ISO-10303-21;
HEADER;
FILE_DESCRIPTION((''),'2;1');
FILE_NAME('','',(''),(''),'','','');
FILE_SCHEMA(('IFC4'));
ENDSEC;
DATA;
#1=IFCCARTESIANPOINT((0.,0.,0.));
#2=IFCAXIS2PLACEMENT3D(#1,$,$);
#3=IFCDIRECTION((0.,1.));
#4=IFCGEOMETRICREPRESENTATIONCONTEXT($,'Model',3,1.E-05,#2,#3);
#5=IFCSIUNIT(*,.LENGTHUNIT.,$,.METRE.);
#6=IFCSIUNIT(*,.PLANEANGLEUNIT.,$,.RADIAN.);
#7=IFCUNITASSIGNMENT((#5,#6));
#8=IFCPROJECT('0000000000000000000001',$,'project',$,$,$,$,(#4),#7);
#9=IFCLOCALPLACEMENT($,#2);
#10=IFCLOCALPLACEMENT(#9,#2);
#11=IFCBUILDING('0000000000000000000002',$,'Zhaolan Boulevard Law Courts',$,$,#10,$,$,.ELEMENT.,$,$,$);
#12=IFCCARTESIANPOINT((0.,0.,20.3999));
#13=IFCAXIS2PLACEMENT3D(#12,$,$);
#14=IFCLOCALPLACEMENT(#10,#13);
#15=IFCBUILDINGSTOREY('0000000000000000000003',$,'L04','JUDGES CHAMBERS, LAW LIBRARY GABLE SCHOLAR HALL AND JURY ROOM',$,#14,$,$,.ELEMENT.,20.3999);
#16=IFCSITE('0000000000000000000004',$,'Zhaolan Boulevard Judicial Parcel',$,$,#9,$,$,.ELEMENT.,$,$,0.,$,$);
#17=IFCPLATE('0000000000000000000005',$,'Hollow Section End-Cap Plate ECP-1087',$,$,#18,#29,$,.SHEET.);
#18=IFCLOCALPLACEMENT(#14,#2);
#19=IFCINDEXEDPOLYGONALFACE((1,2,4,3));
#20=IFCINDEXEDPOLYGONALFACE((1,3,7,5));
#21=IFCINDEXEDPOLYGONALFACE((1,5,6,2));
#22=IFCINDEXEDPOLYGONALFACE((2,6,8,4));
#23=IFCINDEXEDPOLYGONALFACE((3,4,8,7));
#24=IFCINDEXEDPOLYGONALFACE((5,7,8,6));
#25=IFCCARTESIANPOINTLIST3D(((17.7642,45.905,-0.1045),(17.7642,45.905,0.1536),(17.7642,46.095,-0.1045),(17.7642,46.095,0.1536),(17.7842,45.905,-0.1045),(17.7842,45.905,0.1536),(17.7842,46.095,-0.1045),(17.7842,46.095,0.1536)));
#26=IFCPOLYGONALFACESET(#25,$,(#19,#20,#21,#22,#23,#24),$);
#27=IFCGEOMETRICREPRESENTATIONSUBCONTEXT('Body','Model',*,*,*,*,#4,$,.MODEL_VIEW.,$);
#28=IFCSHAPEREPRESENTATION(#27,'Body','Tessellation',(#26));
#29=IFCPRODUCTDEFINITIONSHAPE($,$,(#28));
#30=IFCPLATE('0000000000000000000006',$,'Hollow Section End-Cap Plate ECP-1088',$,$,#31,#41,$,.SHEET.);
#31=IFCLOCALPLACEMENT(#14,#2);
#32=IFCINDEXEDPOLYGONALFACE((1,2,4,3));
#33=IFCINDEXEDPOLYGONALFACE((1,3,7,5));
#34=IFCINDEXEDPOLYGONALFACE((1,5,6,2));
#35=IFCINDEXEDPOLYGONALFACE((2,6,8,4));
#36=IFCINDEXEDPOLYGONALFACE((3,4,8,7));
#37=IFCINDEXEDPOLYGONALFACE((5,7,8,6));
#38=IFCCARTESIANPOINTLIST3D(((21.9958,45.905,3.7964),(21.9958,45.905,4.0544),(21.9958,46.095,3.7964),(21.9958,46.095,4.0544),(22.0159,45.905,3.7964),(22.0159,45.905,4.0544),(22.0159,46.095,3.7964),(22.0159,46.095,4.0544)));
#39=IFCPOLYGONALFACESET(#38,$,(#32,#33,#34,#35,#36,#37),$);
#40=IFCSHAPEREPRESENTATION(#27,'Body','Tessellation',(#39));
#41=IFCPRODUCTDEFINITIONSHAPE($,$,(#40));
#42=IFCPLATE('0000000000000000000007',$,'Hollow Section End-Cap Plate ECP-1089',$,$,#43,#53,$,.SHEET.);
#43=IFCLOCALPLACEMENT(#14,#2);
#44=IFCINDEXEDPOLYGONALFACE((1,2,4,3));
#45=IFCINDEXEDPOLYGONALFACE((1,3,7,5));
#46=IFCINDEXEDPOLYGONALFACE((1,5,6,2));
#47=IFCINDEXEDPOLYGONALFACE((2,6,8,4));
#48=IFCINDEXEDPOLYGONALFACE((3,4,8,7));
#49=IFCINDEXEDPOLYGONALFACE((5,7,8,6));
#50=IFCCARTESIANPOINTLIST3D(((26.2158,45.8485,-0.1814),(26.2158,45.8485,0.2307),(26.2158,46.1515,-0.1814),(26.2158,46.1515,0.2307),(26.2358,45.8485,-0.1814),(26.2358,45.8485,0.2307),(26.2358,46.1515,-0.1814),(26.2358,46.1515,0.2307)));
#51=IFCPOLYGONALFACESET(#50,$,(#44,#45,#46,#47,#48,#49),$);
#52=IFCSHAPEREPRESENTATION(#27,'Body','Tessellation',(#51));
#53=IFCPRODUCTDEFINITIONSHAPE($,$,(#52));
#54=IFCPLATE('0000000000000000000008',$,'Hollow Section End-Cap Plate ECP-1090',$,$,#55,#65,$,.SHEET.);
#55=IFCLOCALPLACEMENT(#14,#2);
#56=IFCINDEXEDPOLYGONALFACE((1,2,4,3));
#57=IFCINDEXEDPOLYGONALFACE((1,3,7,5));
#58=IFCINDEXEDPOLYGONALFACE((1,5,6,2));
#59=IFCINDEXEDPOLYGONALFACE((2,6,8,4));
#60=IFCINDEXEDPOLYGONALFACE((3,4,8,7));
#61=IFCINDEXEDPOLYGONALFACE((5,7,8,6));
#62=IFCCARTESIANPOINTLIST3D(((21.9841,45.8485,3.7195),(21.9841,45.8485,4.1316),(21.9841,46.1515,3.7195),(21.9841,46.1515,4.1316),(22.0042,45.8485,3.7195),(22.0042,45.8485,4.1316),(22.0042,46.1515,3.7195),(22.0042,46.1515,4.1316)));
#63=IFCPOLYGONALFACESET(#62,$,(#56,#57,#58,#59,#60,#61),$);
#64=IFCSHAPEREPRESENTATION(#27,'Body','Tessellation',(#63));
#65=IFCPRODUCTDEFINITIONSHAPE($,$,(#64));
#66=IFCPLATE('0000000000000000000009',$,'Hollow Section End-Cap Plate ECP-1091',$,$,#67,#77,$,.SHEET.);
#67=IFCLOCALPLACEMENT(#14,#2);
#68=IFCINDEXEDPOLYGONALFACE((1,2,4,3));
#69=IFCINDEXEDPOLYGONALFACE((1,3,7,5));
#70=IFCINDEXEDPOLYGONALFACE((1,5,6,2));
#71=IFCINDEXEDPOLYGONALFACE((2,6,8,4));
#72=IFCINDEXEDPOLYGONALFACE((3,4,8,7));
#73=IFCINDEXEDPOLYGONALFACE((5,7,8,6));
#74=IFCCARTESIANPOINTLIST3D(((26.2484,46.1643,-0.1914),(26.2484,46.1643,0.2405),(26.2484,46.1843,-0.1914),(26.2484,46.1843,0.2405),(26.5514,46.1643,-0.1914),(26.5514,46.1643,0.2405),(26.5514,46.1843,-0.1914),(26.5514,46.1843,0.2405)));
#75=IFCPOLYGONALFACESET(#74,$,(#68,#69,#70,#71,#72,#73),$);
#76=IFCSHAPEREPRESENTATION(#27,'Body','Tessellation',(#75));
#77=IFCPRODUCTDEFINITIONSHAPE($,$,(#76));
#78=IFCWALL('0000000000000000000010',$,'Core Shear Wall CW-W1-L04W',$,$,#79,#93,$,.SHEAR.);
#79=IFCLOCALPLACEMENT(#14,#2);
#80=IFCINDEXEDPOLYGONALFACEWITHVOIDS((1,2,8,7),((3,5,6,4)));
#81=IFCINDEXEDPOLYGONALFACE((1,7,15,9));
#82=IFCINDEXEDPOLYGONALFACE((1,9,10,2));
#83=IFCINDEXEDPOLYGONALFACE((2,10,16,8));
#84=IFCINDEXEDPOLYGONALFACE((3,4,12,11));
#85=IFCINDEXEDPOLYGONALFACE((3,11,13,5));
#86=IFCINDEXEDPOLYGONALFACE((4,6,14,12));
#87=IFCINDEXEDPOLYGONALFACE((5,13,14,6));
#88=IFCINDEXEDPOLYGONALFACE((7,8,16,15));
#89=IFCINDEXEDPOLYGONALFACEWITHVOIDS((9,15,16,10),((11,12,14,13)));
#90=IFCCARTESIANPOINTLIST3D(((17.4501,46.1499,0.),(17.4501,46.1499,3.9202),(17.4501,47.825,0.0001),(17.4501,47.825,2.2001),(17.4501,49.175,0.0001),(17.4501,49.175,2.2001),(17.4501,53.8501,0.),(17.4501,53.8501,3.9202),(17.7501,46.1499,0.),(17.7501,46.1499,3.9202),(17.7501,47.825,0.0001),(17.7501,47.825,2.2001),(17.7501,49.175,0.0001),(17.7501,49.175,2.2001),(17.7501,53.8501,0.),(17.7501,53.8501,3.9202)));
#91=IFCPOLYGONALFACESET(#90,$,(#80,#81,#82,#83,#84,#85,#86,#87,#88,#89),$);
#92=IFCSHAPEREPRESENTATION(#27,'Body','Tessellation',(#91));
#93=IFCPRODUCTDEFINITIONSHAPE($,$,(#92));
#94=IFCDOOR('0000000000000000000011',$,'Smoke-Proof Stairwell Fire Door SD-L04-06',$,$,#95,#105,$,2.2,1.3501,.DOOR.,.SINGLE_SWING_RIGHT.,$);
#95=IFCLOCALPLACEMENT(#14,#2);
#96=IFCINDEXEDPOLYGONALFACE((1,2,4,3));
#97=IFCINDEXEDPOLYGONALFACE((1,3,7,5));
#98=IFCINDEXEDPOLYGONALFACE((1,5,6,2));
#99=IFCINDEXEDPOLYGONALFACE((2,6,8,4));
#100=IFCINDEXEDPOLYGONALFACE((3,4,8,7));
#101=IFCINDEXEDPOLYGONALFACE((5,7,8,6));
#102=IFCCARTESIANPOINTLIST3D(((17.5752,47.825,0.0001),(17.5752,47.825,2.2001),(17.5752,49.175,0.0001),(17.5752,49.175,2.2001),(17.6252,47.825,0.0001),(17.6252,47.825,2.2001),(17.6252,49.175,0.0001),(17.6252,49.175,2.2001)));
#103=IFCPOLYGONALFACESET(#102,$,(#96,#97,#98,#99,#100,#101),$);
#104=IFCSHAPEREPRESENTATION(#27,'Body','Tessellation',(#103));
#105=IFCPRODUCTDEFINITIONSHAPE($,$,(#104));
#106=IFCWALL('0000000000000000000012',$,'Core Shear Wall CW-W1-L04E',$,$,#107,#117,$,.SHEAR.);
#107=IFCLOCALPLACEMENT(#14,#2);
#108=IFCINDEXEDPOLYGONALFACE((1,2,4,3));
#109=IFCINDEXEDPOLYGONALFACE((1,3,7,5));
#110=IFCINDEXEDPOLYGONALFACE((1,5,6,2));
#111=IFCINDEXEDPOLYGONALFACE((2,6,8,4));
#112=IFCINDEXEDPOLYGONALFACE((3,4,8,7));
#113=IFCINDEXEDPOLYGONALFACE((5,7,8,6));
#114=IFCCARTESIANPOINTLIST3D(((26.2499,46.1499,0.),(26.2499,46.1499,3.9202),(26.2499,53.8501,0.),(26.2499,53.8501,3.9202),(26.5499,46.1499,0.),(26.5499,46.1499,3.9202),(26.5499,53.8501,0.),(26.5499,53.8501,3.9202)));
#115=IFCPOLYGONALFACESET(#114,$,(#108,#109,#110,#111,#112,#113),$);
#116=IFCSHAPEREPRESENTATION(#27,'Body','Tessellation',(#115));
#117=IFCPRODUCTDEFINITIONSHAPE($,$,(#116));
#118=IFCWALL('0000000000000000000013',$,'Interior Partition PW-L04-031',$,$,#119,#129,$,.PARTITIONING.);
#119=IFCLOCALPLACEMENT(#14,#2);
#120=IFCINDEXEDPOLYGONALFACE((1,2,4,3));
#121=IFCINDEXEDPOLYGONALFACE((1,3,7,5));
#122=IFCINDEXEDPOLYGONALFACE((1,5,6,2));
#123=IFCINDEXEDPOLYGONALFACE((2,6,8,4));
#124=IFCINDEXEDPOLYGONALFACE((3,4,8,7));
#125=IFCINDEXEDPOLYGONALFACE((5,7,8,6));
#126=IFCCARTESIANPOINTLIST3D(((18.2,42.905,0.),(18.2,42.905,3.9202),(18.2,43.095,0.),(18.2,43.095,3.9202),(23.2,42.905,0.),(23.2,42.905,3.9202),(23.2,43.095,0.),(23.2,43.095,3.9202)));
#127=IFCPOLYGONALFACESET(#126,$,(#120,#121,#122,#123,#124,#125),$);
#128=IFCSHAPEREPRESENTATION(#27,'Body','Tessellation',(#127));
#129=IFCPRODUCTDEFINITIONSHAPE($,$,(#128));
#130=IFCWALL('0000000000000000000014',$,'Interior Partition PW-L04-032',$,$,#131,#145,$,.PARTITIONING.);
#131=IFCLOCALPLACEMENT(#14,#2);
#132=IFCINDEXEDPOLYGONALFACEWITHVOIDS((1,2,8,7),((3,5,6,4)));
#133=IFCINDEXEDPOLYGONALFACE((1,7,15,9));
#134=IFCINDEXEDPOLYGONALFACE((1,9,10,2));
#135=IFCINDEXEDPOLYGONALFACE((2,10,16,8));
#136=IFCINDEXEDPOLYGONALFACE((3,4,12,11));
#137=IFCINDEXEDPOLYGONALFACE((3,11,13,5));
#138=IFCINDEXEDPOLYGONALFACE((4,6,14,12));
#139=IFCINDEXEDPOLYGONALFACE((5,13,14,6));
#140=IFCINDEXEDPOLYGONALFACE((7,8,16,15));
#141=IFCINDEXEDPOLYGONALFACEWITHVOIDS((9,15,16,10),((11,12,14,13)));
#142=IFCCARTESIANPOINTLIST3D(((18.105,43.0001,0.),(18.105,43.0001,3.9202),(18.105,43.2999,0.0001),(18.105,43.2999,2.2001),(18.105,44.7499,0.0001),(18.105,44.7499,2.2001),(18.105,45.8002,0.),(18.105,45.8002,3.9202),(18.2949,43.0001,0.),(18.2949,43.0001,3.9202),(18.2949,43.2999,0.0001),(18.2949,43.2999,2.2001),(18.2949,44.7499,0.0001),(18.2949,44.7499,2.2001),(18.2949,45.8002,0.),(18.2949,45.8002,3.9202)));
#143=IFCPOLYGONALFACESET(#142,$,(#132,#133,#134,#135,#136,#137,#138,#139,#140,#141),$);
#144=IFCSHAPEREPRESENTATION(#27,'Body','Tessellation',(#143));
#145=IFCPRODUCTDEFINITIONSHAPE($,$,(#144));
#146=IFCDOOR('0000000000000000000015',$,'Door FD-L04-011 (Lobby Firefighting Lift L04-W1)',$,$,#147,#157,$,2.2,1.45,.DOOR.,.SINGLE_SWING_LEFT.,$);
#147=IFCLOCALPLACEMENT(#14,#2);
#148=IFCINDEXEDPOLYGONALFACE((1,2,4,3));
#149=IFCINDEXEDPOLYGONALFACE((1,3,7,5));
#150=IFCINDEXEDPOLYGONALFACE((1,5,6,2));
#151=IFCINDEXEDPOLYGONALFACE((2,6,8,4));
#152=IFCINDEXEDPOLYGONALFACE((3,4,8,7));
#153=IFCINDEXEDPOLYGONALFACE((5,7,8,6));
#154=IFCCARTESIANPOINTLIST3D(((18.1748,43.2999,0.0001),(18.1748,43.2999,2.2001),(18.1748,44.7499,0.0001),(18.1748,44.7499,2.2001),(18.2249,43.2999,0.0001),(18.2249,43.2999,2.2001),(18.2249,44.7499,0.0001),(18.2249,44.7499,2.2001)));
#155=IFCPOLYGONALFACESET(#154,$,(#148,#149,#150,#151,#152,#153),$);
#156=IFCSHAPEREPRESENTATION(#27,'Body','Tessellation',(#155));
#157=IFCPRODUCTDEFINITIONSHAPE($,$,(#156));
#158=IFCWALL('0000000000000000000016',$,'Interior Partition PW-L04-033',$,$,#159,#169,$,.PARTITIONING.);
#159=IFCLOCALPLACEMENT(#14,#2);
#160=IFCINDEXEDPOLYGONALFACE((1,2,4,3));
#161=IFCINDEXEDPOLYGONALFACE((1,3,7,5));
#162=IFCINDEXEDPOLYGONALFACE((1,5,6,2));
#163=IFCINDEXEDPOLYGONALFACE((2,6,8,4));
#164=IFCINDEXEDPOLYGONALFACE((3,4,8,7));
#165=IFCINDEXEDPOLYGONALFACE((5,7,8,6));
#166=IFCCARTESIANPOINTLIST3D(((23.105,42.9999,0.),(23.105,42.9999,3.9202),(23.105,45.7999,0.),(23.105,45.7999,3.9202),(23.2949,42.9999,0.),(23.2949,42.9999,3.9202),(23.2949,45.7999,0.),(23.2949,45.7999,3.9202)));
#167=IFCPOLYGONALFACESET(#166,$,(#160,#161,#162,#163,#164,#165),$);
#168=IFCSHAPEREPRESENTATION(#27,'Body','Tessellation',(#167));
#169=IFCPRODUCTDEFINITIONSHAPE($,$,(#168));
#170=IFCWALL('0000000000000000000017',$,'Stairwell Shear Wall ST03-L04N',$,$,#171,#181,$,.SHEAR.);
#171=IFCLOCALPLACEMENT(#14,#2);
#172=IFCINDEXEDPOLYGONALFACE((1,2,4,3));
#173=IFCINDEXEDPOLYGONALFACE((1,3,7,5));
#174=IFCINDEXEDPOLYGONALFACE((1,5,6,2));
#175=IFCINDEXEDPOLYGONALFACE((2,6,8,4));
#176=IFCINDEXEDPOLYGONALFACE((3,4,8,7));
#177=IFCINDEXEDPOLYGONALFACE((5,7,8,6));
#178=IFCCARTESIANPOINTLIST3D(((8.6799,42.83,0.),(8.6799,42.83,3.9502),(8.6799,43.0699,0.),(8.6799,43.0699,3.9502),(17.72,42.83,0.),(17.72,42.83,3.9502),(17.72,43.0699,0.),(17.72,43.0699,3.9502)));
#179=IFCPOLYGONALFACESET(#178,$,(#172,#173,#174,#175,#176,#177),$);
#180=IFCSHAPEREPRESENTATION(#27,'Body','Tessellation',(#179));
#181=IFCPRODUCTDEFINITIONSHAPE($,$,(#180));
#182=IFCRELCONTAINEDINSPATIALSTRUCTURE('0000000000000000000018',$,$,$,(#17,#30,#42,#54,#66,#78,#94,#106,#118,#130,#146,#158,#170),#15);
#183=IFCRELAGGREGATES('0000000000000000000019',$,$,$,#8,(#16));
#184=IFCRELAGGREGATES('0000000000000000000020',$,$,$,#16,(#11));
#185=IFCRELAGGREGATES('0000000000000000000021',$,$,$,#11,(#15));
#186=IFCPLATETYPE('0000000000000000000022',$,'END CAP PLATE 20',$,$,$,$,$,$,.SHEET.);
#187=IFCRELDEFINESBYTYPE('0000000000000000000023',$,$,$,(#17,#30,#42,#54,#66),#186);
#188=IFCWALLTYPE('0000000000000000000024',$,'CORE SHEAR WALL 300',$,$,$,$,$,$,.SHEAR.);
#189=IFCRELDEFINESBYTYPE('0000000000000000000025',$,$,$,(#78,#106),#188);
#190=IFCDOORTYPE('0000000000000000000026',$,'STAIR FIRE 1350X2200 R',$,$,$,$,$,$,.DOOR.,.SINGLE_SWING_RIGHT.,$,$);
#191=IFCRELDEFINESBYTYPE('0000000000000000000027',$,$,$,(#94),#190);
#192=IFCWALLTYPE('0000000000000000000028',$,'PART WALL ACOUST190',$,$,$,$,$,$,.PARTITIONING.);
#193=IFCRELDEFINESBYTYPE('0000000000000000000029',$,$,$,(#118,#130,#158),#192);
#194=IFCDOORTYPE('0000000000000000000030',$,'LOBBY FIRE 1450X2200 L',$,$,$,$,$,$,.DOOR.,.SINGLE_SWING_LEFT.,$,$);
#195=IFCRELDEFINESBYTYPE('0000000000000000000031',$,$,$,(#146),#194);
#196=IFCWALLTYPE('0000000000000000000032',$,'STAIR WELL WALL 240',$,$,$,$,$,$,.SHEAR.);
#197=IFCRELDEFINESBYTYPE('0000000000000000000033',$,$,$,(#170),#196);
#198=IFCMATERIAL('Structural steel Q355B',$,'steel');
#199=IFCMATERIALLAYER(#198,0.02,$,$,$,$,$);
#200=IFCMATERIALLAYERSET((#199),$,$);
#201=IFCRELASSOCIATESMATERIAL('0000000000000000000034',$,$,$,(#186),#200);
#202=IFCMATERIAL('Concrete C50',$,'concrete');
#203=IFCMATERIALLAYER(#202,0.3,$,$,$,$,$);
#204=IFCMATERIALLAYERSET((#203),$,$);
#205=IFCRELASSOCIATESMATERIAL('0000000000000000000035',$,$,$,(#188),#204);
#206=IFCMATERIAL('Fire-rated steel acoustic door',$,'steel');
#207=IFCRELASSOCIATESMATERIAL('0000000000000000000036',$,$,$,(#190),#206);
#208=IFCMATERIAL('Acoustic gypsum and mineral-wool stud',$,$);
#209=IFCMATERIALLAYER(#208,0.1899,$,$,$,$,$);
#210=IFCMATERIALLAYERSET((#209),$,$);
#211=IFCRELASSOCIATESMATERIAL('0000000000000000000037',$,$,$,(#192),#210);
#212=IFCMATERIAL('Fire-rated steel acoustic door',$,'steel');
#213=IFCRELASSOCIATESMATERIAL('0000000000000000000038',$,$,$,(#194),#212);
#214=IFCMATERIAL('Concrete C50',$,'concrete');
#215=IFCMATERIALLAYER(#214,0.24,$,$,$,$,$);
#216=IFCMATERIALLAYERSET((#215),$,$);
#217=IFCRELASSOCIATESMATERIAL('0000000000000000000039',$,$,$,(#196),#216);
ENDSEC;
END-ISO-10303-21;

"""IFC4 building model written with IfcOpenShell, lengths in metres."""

from ifc_helpers import new_model, si_unit, direction, frame, frame_2d, origin, origin_2d, place, context, subcontext, project, spatial, rectangle, extrude, material, layer, layer_set, type_object, element, fill, save


model = new_model("IFC4")

# Units and contexts
model_context = context("Model", 3, precision=1e-05, world=origin(), true_north=direction((0.0, 1.0)))
body_context = subcontext(model_context, "Body", "Model", "MODEL_VIEW")
ifc_project = project(units=[si_unit("LENGTHUNIT", "METRE"), si_unit("PLANEANGLEUNIT", "RADIAN")], contexts=[model_context])

# Site, building, storey
site_placement = place(None, origin())
site = spatial("IfcSite", under=ifc_project, at=site_placement, Name="Zhaolan Boulevard Judicial Parcel", CompositionType="ELEMENT", RefElevation=0.0)
building_placement = place(site_placement, origin())
building = spatial("IfcBuilding", under=site, at=building_placement, Name="Zhaolan Boulevard Law Courts", CompositionType="ELEMENT")
storey_placement = place(building_placement, frame((0.0, 0.0, 20.3999)))
storey = spatial("IfcBuildingStorey", under=building, at=storey_placement, Name="L04", Description="JUDGES CHAMBERS, LAW LIBRARY GABLE SCHOLAR HALL AND JURY ROOM", CompositionType="ELEMENT", Elevation=20.3999)

# Plates
ifc_material_1 = material(Name="Structural steel Q355B", Category="steel")
ifc_layer_1 = layer(ifc_material_1, 0.02)
ifc_layer_set_1 = layer_set([ifc_layer_1])
plate_type_1 = type_object("IfcPlateType", Name="END CAP PLATE 20", PredefinedType="SHEET", material=ifc_layer_set_1)
for number, where, z_axis, x_axis, name in (
    (1, (17.7742, 46.0, -0.1045), (0.0, 0.0, 1.0), (1.0, 0.0, 0.0), "Hollow Section End-Cap Plate ECP-1087"),
    (2, (22.0059, 46.0, 3.7964), (0.0, 0.0, 1.0), (1.0, 0.0, 0.0), "Hollow Section End-Cap Plate ECP-1088"),
):
    element("IfcPlate", number, at=place(storey_placement, frame(where, z_axis=z_axis, x_axis=x_axis)), inside=storey, type_object=plate_type_1, Name=name, PredefinedType="SHEET", context=body_context, shape_type="SweptSolid", body=[
        extrude(rectangle(XDim=0.02, YDim=0.1899, at=origin_2d()), origin(), (0.0, 0.0, 1.0), 0.2581),
    ])
for number, where, z_axis, x_axis, name in (
    (3, (26.2258, 46.0, -0.1814), (0.0, 0.0, 1.0), (-1.0, 0.0, 0.0), "Hollow Section End-Cap Plate ECP-1089"),
    (4, (21.9941, 46.0, 3.7195), (0.0, 0.0, 1.0), (-1.0, 0.0, 0.0), "Hollow Section End-Cap Plate ECP-1090"),
):
    element("IfcPlate", number, at=place(storey_placement, frame(where, z_axis=z_axis, x_axis=x_axis)), inside=storey, type_object=plate_type_1, Name=name, PredefinedType="SHEET", context=body_context, shape_type="SweptSolid", body=[
        extrude(rectangle(XDim=0.02, YDim=0.303, at=origin_2d()), origin(), (0.0, 0.0, 1.0), 0.4121),
    ])
plate_placement = place(storey_placement, frame((26.3999, 46.1743, -0.1914), z_axis=(0.0, 0.0, 1.0), x_axis=(0.0, 1.0, 0.0)))
element("IfcPlate", 5, at=plate_placement, inside=storey, type_object=plate_type_1, Name="Hollow Section End-Cap Plate ECP-1091", PredefinedType="SHEET", context=body_context, shape_type="SweptSolid", body=[
    extrude(rectangle(XDim=0.02, YDim=0.303, at=origin_2d()), origin(), (0.0, 0.0, 1.0), 0.4319),
])

# Wall, opening, door
ifc_material_2 = material(Name="Concrete C50", Category="concrete")
ifc_layer_2 = layer(ifc_material_2, 0.3)
ifc_layer_set_2 = layer_set([ifc_layer_2])
wall_type_1 = type_object("IfcWallType", Name="CORE SHEAR WALL 300", PredefinedType="SHEAR", material=ifc_layer_set_2)
wall_1_placement = place(storey_placement, frame((17.6001, 46.1499, 0.0), z_axis=(0.0, 0.0, 1.0), x_axis=(0.0, 1.0, 0.0)))
wall_1 = element("IfcWall", 6, at=wall_1_placement, inside=storey, type_object=wall_type_1, Name="Core Shear Wall CW-W1-L04W", PredefinedType="SHEAR", context=body_context, shape_type="SweptSolid", body=[
    extrude(rectangle(XDim=7.7002, YDim=0.3, at=frame_2d((3.8501, 0.0))), origin(), (0.0, 0.0, 1.0), 3.9202),
])
opening_1_placement = place(wall_1_placement, frame((1.675, 0.0, 0.0)))
opening_1 = element("IfcOpeningElement", 7, at=opening_1_placement, cuts=wall_1, PredefinedType="OPENING", context=body_context, shape_type="SweptSolid", body=[
    extrude(rectangle(XDim=1.3501, YDim=2.2, at=frame_2d((0.675, 1.1001))), frame((0.0, 0.1599, 0.0), z_axis=(0.0, -1.0, 0.0), x_axis=(1.0, 0.0, 0.0)), (0.0, 0.0, 1.0), 0.3201),
])
ifc_material_3 = material(Name="Fire-rated steel acoustic door", Category="steel")
door_type_1 = type_object("IfcDoorType", Name="STAIR FIRE 1350X2200 R", OperationType="SINGLE_SWING_RIGHT", PredefinedType="DOOR", material=ifc_material_3)
door_1_placement = place(opening_1_placement, origin())
door_1 = element("IfcDoor", 8, at=door_1_placement, inside=storey, type_object=door_type_1, Name="Smoke-Proof Stairwell Fire Door SD-L04-06", OperationType="SINGLE_SWING_RIGHT", OverallHeight=2.2, OverallWidth=1.3501, PredefinedType="DOOR", context=body_context, shape_type="SweptSolid", body=[
    extrude(rectangle(XDim=1.3501, YDim=2.2, at=frame_2d((0.675, 1.1001))), frame((0.0, 0.0249, 0.0), z_axis=(0.0, -1.0, 0.0), x_axis=(1.0, 0.0, 0.0)), (0.0, 0.0, 1.0), 0.05),
])
fill(opening_1, door_1)

# Walls
wall_2_placement = place(storey_placement, frame((26.3999, 46.1499, 0.0), z_axis=(0.0, 0.0, 1.0), x_axis=(0.0, 1.0, 0.0)))
element("IfcWall", 9, at=wall_2_placement, inside=storey, type_object=wall_type_1, Name="Core Shear Wall CW-W1-L04E", PredefinedType="SHEAR", context=body_context, shape_type="SweptSolid", body=[
    extrude(rectangle(XDim=7.7002, YDim=0.3, at=frame_2d((3.8501, 0.0))), origin(), (0.0, 0.0, 1.0), 3.9202),
])
ifc_material_4 = material(Name="Acoustic gypsum and mineral-wool stud")
ifc_layer_3 = layer(ifc_material_4, 0.1899)
ifc_layer_set_3 = layer_set([ifc_layer_3])
wall_type_2 = type_object("IfcWallType", Name="PART WALL ACOUST190", PredefinedType="PARTITIONING", material=ifc_layer_set_3)
wall_3_placement = place(storey_placement, frame((18.2, 43.0, 0.0), z_axis=(0.0, 0.0, 1.0), x_axis=(1.0, 0.0, 0.0)))
element("IfcWall", 10, at=wall_3_placement, inside=storey, type_object=wall_type_2, Name="Interior Partition PW-L04-031", PredefinedType="PARTITIONING", context=body_context, shape_type="SweptSolid", body=[
    extrude(rectangle(XDim=5.0, YDim=0.1899, at=frame_2d((2.5, 0.0))), origin(), (0.0, 0.0, 1.0), 3.9202),
])

# Wall, opening, door
wall_4_placement = place(storey_placement, frame((18.2, 45.8, 0.0), z_axis=(0.0, 0.0, 1.0), x_axis=(0.0, -1.0, 0.0)))
wall_4 = element("IfcWall", 11, at=wall_4_placement, inside=storey, type_object=wall_type_2, Name="Interior Partition PW-L04-032", PredefinedType="PARTITIONING", context=body_context, shape_type="SweptSolid", body=[
    extrude(rectangle(XDim=2.8, YDim=0.1899, at=frame_2d((1.3999, 0.0))), origin(), (0.0, 0.0, 1.0), 3.9202),
])
opening_2_placement = place(wall_4_placement, frame((1.05, 0.0, 0.0)))
opening_2 = element("IfcOpeningElement", 12, at=opening_2_placement, cuts=wall_4, PredefinedType="OPENING", context=body_context, shape_type="SweptSolid", body=[
    extrude(rectangle(XDim=1.45, YDim=2.2, at=frame_2d((0.7251, 1.1001))), frame((0.0, 0.105, 0.0), z_axis=(0.0, -1.0, 0.0), x_axis=(1.0, 0.0, 0.0)), (0.0, 0.0, 1.0), 0.21),
])
ifc_material_5 = material(Name="Fire-rated steel acoustic door", Category="steel")
door_type_2 = type_object("IfcDoorType", Name="LOBBY FIRE 1450X2200 L", OperationType="SINGLE_SWING_LEFT", PredefinedType="DOOR", material=ifc_material_5)
door_2_placement = place(opening_2_placement, origin())
door_2 = element("IfcDoor", 13, at=door_2_placement, inside=storey, type_object=door_type_2, Name="Door FD-L04-011 (Lobby Firefighting Lift L04-W1)", OperationType="SINGLE_SWING_LEFT", OverallHeight=2.2, OverallWidth=1.45, PredefinedType="DOOR", context=body_context, shape_type="SweptSolid", body=[
    extrude(rectangle(XDim=1.45, YDim=2.2, at=frame_2d((0.7251, 1.1001))), frame((0.0, 0.0249, 0.0), z_axis=(0.0, -1.0, 0.0), x_axis=(1.0, 0.0, 0.0)), (0.0, 0.0, 1.0), 0.05),
])
fill(opening_2, door_2)

# Walls
wall_5_placement = place(storey_placement, frame((23.2, 43.0, 0.0), z_axis=(0.0, 0.0, 1.0), x_axis=(0.0, 1.0, 0.0)))
element("IfcWall", 14, at=wall_5_placement, inside=storey, type_object=wall_type_2, Name="Interior Partition PW-L04-033", PredefinedType="PARTITIONING", context=body_context, shape_type="SweptSolid", body=[
    extrude(rectangle(XDim=2.8, YDim=0.1899, at=frame_2d((1.3999, 0.0))), origin(), (0.0, 0.0, 1.0), 3.9202),
])
ifc_material_6 = material(Name="Concrete C50", Category="concrete")
ifc_layer_4 = layer(ifc_material_6, 0.24)
ifc_layer_set_4 = layer_set([ifc_layer_4])
wall_type_3 = type_object("IfcWallType", Name="STAIR WELL WALL 240", PredefinedType="SHEAR", material=ifc_layer_set_4)
wall_6_placement = place(storey_placement, frame((17.72, 42.95, 0.0), z_axis=(0.0, 0.0, 1.0), x_axis=(-1.0, 0.0, 0.0)))
element("IfcWall", 15, at=wall_6_placement, inside=storey, type_object=wall_type_3, Name="Stairwell Shear Wall ST03-L04N", PredefinedType="SHEAR", context=body_context, shape_type="SweptSolid", body=[
    extrude(rectangle(XDim=9.04, YDim=0.24, at=frame_2d((4.52, 0.0))), origin(), (0.0, 0.0, 1.0), 3.9502),
])

save(model, "model.ifc")
